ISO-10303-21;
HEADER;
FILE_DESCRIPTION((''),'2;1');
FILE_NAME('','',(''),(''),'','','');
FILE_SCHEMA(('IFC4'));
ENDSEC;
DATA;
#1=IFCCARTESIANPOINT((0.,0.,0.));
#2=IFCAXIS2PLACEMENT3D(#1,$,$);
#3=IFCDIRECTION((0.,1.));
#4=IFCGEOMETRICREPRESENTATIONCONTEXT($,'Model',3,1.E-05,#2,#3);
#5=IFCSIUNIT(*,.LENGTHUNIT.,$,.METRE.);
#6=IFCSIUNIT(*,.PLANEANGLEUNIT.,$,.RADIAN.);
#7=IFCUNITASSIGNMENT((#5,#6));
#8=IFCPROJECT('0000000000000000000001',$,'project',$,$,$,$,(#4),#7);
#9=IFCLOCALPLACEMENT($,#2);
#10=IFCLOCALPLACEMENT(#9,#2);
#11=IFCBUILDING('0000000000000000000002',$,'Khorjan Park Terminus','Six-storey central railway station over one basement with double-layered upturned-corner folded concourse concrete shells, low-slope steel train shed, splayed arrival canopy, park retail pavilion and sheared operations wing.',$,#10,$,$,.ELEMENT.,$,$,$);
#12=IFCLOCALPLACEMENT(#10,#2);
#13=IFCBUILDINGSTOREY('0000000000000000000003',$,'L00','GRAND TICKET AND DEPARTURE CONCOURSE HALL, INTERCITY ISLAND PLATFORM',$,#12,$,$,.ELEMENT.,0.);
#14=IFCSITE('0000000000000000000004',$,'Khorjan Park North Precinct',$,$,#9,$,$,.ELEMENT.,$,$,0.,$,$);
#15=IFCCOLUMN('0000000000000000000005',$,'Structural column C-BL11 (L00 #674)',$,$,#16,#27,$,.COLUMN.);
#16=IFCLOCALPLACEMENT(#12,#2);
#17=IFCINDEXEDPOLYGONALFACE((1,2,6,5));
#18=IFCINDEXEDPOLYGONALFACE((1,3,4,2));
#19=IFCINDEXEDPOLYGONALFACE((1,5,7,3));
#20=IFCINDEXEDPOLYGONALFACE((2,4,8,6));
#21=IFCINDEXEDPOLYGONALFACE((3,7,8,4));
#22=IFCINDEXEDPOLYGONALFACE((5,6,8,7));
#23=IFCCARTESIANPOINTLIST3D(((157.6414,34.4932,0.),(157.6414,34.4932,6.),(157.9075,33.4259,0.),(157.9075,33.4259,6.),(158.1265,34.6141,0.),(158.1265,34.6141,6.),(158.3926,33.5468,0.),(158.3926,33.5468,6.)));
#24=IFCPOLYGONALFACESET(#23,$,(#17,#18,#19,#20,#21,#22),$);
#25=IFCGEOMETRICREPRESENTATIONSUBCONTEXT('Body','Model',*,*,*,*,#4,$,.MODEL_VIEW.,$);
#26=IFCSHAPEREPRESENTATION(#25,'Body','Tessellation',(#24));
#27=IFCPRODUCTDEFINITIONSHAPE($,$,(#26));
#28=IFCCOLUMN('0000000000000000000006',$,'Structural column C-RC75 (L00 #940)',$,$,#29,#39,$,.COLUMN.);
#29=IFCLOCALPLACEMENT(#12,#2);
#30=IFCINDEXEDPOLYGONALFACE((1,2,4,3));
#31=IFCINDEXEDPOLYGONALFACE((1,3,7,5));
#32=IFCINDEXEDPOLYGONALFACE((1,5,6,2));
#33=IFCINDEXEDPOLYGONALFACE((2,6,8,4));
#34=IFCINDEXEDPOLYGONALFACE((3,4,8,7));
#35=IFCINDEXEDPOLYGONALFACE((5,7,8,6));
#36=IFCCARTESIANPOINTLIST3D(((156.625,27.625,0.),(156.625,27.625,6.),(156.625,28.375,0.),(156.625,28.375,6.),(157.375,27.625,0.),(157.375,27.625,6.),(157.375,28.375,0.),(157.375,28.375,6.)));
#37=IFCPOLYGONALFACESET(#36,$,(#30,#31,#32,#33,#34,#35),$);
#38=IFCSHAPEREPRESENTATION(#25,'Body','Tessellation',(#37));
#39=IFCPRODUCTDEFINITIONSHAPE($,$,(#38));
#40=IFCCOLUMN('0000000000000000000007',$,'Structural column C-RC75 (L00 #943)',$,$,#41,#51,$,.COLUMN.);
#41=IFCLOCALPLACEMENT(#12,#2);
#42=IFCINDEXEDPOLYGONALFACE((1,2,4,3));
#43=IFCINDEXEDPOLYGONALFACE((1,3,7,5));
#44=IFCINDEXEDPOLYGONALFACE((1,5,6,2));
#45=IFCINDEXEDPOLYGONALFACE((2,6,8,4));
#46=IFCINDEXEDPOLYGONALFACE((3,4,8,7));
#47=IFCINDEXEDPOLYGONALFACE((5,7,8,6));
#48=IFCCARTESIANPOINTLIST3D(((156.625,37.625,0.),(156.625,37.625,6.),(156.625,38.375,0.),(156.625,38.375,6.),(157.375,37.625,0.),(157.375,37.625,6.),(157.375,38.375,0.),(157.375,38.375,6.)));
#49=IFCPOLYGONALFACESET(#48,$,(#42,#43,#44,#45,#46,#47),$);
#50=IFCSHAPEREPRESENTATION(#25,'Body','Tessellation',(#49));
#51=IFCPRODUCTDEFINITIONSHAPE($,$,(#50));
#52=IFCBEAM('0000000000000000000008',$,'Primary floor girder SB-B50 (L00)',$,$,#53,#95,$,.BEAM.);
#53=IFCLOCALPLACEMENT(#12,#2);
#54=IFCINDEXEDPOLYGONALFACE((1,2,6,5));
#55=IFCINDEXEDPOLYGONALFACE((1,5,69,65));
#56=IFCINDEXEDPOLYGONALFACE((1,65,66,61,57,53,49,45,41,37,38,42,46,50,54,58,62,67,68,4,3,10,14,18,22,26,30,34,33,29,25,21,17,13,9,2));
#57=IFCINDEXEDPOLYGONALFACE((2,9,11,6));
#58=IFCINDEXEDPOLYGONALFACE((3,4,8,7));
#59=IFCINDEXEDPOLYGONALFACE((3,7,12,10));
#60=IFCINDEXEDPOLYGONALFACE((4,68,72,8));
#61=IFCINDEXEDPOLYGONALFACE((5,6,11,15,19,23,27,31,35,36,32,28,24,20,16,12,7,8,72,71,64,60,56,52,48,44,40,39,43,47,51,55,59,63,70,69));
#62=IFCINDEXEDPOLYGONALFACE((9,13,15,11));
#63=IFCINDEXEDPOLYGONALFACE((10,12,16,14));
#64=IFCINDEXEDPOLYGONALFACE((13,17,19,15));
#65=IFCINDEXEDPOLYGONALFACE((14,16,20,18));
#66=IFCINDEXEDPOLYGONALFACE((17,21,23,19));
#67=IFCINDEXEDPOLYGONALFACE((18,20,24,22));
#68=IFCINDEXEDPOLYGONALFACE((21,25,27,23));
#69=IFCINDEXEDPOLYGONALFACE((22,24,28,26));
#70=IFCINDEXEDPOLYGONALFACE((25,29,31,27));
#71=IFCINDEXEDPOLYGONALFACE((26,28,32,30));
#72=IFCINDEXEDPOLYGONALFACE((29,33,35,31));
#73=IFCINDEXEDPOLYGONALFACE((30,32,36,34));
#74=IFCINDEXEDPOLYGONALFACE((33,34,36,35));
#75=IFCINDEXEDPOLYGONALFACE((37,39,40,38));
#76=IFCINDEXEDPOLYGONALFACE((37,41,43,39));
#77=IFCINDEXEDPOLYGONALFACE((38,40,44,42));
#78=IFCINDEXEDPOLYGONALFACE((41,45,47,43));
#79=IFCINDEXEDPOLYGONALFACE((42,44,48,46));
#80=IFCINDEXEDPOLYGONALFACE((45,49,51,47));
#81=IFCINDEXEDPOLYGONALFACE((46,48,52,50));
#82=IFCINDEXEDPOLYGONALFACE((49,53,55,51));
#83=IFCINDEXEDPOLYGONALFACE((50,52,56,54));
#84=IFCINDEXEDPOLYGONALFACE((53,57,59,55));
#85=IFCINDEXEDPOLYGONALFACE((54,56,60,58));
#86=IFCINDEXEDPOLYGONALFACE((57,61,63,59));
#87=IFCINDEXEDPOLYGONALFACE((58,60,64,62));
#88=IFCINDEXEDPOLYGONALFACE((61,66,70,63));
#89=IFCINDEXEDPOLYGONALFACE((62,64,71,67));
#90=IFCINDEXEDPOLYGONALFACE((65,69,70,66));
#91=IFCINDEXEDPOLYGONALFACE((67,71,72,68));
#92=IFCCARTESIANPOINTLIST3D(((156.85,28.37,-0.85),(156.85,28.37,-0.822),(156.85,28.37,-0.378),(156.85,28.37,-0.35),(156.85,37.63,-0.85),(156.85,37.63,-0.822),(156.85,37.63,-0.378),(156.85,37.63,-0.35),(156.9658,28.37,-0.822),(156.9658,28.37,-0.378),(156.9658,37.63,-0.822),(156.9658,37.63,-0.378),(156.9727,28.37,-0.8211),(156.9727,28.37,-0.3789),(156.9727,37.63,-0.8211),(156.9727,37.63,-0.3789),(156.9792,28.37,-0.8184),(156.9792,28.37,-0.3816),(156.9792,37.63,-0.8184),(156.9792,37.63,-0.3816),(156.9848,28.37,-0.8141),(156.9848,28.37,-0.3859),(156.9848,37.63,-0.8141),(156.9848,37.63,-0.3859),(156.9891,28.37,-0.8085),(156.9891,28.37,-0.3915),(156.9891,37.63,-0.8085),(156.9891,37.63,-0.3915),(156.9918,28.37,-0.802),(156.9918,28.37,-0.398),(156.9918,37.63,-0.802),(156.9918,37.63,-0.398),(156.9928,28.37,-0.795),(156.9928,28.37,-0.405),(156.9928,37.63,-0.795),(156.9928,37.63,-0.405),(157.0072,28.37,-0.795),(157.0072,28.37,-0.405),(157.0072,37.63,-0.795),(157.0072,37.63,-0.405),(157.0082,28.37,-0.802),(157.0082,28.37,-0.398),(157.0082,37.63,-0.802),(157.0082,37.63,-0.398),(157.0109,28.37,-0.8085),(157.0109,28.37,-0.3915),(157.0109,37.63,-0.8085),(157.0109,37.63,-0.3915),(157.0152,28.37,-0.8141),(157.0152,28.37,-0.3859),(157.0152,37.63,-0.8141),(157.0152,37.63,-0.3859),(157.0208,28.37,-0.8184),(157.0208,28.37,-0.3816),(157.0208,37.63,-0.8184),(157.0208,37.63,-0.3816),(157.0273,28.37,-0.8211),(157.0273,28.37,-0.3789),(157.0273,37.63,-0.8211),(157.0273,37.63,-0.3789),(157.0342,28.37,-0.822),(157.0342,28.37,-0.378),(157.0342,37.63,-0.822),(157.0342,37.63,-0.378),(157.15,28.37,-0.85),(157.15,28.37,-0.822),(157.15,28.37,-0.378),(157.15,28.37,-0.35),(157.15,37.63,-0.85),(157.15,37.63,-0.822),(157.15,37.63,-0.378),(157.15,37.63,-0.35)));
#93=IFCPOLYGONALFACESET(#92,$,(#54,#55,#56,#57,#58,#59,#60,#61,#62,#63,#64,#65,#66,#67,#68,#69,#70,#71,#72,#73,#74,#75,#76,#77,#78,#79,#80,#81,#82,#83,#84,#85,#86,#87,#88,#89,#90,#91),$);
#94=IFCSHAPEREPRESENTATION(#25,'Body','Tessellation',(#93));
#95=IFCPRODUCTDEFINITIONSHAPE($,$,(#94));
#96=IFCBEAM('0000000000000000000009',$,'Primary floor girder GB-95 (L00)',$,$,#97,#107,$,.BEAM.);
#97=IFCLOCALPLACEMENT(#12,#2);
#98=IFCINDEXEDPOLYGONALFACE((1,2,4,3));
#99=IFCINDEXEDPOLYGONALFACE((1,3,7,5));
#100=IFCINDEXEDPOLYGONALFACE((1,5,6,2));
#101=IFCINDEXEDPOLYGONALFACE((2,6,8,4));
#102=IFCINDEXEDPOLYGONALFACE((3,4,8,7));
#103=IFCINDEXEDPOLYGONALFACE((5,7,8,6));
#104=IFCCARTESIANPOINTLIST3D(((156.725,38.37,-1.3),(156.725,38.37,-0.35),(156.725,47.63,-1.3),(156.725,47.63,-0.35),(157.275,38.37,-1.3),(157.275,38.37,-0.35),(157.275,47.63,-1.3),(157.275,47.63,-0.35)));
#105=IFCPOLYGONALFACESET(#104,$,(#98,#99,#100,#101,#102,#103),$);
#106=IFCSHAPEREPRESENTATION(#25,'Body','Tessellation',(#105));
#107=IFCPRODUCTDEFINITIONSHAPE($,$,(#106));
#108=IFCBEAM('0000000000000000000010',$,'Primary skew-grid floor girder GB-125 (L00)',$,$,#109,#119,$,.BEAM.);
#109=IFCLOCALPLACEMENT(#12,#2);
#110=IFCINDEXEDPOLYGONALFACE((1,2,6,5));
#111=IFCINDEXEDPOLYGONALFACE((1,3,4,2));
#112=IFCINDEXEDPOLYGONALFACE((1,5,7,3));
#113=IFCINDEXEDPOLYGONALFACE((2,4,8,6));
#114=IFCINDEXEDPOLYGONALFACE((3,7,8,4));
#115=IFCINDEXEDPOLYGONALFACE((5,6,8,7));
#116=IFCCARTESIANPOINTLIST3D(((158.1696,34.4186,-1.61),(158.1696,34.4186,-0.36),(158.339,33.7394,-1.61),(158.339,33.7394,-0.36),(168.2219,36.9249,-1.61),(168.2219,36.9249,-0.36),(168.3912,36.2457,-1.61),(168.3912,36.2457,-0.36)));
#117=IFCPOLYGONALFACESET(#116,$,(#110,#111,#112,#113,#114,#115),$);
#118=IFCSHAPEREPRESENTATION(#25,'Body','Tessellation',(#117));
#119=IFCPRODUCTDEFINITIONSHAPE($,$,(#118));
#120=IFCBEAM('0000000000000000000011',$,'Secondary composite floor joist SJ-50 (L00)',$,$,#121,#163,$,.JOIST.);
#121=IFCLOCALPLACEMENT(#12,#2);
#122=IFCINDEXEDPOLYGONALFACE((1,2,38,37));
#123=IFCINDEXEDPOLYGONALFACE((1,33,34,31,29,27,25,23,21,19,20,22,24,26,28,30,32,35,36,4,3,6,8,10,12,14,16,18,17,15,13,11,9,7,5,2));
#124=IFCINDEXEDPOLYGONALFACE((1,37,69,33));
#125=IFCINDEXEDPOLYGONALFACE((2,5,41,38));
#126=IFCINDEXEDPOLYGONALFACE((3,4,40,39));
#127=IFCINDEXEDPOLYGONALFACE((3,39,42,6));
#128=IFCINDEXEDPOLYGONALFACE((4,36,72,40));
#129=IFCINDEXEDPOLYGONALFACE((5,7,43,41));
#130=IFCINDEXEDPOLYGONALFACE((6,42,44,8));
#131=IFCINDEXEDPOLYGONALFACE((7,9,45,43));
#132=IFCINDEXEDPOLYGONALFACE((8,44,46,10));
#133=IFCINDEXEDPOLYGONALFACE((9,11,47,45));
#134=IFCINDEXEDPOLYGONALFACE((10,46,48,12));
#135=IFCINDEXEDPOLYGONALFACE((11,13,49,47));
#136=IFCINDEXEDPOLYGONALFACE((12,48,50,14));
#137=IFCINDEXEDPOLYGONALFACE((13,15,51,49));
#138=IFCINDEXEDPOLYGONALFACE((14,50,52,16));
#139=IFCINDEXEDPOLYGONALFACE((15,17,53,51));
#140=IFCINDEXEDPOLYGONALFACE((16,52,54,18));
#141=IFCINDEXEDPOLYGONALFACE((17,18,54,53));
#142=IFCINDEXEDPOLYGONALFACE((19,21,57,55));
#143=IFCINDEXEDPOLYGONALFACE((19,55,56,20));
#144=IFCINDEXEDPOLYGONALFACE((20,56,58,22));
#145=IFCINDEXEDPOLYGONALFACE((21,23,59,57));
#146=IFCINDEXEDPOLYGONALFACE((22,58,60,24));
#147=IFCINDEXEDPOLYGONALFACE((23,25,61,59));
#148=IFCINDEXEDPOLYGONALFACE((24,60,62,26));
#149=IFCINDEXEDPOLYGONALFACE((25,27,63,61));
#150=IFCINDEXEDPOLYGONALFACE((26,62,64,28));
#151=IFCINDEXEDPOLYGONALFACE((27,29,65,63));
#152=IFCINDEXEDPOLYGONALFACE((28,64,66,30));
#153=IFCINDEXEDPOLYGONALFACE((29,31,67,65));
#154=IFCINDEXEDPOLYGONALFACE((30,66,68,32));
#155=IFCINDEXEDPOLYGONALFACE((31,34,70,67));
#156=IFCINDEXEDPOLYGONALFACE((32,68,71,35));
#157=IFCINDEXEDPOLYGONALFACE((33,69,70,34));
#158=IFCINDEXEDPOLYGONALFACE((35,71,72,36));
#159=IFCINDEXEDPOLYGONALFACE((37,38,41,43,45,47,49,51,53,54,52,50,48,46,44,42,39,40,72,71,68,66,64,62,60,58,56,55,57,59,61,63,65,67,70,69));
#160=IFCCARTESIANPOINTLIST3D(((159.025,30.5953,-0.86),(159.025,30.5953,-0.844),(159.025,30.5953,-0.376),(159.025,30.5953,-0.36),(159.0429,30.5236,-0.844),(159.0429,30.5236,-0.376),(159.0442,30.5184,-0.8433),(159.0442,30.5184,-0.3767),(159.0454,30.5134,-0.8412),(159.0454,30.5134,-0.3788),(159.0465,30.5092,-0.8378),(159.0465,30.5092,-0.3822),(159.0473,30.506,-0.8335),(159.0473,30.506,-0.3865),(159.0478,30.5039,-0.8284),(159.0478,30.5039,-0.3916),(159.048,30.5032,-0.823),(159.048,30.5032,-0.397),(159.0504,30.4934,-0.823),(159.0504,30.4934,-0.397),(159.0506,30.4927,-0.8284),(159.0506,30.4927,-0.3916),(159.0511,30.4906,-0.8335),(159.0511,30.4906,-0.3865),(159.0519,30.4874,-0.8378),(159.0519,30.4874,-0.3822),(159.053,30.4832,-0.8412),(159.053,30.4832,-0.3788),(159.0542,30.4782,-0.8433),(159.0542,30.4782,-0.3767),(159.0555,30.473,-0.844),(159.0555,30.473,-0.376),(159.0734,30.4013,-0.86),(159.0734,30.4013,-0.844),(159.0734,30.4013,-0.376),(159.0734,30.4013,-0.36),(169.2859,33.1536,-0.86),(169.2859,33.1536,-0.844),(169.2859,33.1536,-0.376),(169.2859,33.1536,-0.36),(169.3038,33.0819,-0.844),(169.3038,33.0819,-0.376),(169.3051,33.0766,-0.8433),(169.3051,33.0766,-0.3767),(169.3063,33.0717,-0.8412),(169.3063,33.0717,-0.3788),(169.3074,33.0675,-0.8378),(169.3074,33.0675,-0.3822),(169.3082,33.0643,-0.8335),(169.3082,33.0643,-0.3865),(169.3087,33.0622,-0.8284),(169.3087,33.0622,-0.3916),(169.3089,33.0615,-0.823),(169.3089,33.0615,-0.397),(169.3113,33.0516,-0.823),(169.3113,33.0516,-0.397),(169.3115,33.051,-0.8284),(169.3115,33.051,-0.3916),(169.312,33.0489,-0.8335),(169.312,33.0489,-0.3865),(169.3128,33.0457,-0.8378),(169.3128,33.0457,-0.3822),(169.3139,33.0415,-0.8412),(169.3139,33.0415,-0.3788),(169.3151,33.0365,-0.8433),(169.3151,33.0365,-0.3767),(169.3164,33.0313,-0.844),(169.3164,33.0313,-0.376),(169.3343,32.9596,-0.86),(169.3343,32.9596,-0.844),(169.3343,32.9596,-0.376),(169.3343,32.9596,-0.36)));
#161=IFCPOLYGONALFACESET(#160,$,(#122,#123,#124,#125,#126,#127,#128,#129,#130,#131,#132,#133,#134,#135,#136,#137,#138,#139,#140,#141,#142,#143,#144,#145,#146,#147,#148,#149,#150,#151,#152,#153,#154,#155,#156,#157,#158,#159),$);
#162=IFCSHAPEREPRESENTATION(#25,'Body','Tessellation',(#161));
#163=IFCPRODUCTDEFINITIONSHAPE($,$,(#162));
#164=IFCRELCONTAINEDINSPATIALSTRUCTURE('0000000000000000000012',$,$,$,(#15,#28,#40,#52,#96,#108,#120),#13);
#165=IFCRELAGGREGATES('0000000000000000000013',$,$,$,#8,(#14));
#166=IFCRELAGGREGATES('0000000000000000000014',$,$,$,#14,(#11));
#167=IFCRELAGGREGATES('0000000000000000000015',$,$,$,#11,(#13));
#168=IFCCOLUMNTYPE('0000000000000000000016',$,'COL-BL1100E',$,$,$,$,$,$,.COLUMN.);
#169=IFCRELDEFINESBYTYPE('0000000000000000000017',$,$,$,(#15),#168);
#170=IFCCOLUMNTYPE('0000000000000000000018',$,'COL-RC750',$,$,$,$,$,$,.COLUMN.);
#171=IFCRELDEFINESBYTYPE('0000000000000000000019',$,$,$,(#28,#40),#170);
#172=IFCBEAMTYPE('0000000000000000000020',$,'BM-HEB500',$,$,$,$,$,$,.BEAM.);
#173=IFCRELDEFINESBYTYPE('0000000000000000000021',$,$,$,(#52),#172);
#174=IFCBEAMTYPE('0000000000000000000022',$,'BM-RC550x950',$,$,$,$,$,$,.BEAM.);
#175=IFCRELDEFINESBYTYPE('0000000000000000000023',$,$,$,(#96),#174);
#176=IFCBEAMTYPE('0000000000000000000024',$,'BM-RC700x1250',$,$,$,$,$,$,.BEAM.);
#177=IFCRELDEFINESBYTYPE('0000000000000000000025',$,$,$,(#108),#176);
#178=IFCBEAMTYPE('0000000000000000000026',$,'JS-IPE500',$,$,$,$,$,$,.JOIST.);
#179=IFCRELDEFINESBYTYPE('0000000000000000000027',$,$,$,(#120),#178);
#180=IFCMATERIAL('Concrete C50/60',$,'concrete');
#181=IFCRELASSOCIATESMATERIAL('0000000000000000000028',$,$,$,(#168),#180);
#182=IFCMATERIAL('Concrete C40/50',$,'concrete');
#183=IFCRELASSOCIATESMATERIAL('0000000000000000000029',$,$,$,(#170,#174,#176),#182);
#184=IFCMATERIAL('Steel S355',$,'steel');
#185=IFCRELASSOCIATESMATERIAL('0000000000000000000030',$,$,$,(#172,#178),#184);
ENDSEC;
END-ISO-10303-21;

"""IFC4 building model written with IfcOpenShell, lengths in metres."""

from ifc_helpers import new_model, si_unit, direction, frame, origin, origin_2d, place, context, subcontext, project, spatial, rectangle, i_section, extrude, material, material_profile, profile_set, type_object, element, save


model = new_model("IFC4")

# Units and contexts
model_context = context("Model", 3, precision=1e-05, world=origin(), true_north=direction((0.0, 1.0)))
body_context = subcontext(model_context, "Body", "Model", "MODEL_VIEW")
ifc_project = project(units=[si_unit("LENGTHUNIT", "METRE"), si_unit("PLANEANGLEUNIT", "RADIAN")], contexts=[model_context])

# Site, building, storey
site_placement = place(None, origin())
site = spatial("IfcSite", under=ifc_project, at=site_placement, Name="Khorjan Park North Precinct", CompositionType="ELEMENT", RefElevation=0.0)
building_placement = place(site_placement, origin())
building = spatial("IfcBuilding", under=site, at=building_placement, Name="Khorjan Park Terminus", Description="Six-storey central railway station over one basement with double-layered upturned-corner folded concourse concrete shells, low-slope steel train shed, splayed arrival canopy, park retail pavilion and sheared operations wing.", CompositionType="ELEMENT")
storey_placement = place(building_placement, origin())
storey = spatial("IfcBuildingStorey", under=building, at=storey_placement, Name="L00", Description="GRAND TICKET AND DEPARTURE CONCOURSE HALL, INTERCITY ISLAND PLATFORM", CompositionType="ELEMENT", Elevation=0.0)

# Columns
ifc_material_1 = material(Name="Concrete C50/60", Category="concrete")
ifc_material_profile_1 = material_profile(ifc_material_1, rectangle(XDim=0.5, YDim=1.1, at=origin_2d()), Name="RC 500x1100")
ifc_profile_set_1 = profile_set([ifc_material_profile_1], Name="Concrete C50/60")
column_type_1 = type_object("IfcColumnType", Name="COL-BL1100E", PredefinedType="COLUMN", material=ifc_profile_set_1)
column_placement = place(storey_placement, frame((158.017, 34.02, 0.0), z_axis=(0.0, 0.0, 1.0), x_axis=(0.970296, 0.241922, 0.0)))
element("IfcColumn", 1, at=column_placement, inside=storey, type_object=column_type_1, Name="Structural column C-BL11 (L00 #674)", PredefinedType="COLUMN", context=body_context, shape_type="SweptSolid", body=[
    extrude(rectangle(XDim=0.5, YDim=1.1, at=origin_2d()), origin(), (0.0, 0.0, 1.0), 6.0),
])
ifc_material_2 = material(Name="Concrete C40/50", Category="concrete")
ifc_material_profile_2 = material_profile(ifc_material_2, rectangle(XDim=0.75, YDim=0.75, at=origin_2d()), Name="RC 750x750")
ifc_profile_set_2 = profile_set([ifc_material_profile_2], Name="Concrete C40/50")
column_type_2 = type_object("IfcColumnType", Name="COL-RC750", PredefinedType="COLUMN", material=ifc_profile_set_2)
for number, where, z_axis, x_axis, name in (
    (2, (157.0, 28.0, 0.0), (0.0, 0.0, 1.0), (1.0, 0.0, 0.0), "Structural column C-RC75 (L00 #940)"),
    (3, (157.0, 38.0, 0.0), (0.0, 0.0, 1.0), (1.0, 0.0, 0.0), "Structural column C-RC75 (L00 #943)"),
):
    element("IfcColumn", number, at=place(storey_placement, frame(where, z_axis=z_axis, x_axis=x_axis)), inside=storey, type_object=column_type_2, Name=name, PredefinedType="COLUMN", context=body_context, shape_type="SweptSolid", body=[
        extrude(rectangle(XDim=0.75, YDim=0.75, at=origin_2d()), origin(), (0.0, 0.0, 1.0), 6.0),
    ])

# Beams
ifc_material_3 = material(Name="Steel S355", Category="steel")
ifc_material_profile_3 = material_profile(ifc_material_3, i_section(OverallWidth=0.3, OverallDepth=0.5, WebThickness=0.0145, FlangeThickness=0.028, FilletRadius=0.027, at=origin_2d()), Name="HEB 500")
ifc_profile_set_3 = profile_set([ifc_material_profile_3], Name="Steel S355")
beam_type_1 = type_object("IfcBeamType", Name="BM-HEB500", PredefinedType="BEAM", material=ifc_profile_set_3)
beam_1_placement = place(storey_placement, frame((157.0, 28.37, -0.6), z_axis=(0.0, 1.0, 0.0), x_axis=(-1.0, 0.0, 0.0)))
element("IfcBeam", 4, at=beam_1_placement, inside=storey, type_object=beam_type_1, Name="Primary floor girder SB-B50 (L00)", PredefinedType="BEAM", context=body_context, shape_type="SweptSolid", body=[
    extrude(i_section(OverallWidth=0.3, OverallDepth=0.5, WebThickness=0.0145, FlangeThickness=0.028, FilletRadius=0.027, at=origin_2d()), origin(), (0.0, 0.0, 1.0), 9.26),
])
ifc_material_profile_4 = material_profile(ifc_material_2, rectangle(XDim=0.55, YDim=0.95, at=origin_2d()), Name="RC 550x950")
ifc_profile_set_4 = profile_set([ifc_material_profile_4], Name="Concrete C40/50")
beam_type_2 = type_object("IfcBeamType", Name="BM-RC550x950", PredefinedType="BEAM", material=ifc_profile_set_4)
beam_2_placement = place(storey_placement, frame((157.0, 38.37, -0.825), z_axis=(0.0, 1.0, 0.0), x_axis=(-1.0, 0.0, 0.0)))
element("IfcBeam", 5, at=beam_2_placement, inside=storey, type_object=beam_type_2, Name="Primary floor girder GB-95 (L00)", PredefinedType="BEAM", context=body_context, shape_type="SweptSolid", body=[
    extrude(rectangle(XDim=0.55, YDim=0.95, at=origin_2d()), origin(), (0.0, 0.0, 1.0), 9.26),
])
ifc_material_profile_5 = material_profile(ifc_material_2, rectangle(XDim=0.7, YDim=1.25, at=origin_2d()), Name="RC 700x1250")
ifc_profile_set_5 = profile_set([ifc_material_profile_5], Name="Concrete C40/50")
beam_type_3 = type_object("IfcBeamType", Name="BM-RC700x1250", PredefinedType="BEAM", material=ifc_profile_set_5)
beam_3_placement = place(storey_placement, frame((158.2543, 34.079, -0.985), z_axis=(0.970296, 0.24192, 0.0), x_axis=(-0.24192, 0.970296, 0.0)))
element("IfcBeam", 6, at=beam_3_placement, inside=storey, type_object=beam_type_3, Name="Primary skew-grid floor girder GB-125 (L00)", PredefinedType="BEAM", context=body_context, shape_type="SweptSolid", body=[
    extrude(rectangle(XDim=0.7, YDim=1.25, at=origin_2d()), origin(), (0.0, 0.0, 1.0), 10.36),
])
ifc_material_profile_6 = material_profile(ifc_material_3, i_section(OverallWidth=0.2, OverallDepth=0.5, WebThickness=0.0102, FlangeThickness=0.016, FilletRadius=0.021, at=origin_2d()), Name="IPE 500")
ifc_profile_set_6 = profile_set([ifc_material_profile_6], Name="Steel S355")
beam_type_4 = type_object("IfcBeamType", Name="JS-IPE500", PredefinedType="JOIST", material=ifc_profile_set_6)
beam_4_placement = place(storey_placement, frame((159.0492, 30.4983, -0.61), z_axis=(0.970296, 0.241919, 0.0), x_axis=(-0.241919, 0.970296, 0.0)))
element("IfcBeam", 7, at=beam_4_placement, inside=storey, type_object=beam_type_4, Name="Secondary composite floor joist SJ-50 (L00)", PredefinedType="JOIST", context=body_context, shape_type="SweptSolid", body=[
    extrude(i_section(OverallWidth=0.2, OverallDepth=0.5, WebThickness=0.0102, FlangeThickness=0.016, FilletRadius=0.021, at=origin_2d()), origin(), (0.0, 0.0, 1.0), 10.575),
])

save(model, "model.ifc")
